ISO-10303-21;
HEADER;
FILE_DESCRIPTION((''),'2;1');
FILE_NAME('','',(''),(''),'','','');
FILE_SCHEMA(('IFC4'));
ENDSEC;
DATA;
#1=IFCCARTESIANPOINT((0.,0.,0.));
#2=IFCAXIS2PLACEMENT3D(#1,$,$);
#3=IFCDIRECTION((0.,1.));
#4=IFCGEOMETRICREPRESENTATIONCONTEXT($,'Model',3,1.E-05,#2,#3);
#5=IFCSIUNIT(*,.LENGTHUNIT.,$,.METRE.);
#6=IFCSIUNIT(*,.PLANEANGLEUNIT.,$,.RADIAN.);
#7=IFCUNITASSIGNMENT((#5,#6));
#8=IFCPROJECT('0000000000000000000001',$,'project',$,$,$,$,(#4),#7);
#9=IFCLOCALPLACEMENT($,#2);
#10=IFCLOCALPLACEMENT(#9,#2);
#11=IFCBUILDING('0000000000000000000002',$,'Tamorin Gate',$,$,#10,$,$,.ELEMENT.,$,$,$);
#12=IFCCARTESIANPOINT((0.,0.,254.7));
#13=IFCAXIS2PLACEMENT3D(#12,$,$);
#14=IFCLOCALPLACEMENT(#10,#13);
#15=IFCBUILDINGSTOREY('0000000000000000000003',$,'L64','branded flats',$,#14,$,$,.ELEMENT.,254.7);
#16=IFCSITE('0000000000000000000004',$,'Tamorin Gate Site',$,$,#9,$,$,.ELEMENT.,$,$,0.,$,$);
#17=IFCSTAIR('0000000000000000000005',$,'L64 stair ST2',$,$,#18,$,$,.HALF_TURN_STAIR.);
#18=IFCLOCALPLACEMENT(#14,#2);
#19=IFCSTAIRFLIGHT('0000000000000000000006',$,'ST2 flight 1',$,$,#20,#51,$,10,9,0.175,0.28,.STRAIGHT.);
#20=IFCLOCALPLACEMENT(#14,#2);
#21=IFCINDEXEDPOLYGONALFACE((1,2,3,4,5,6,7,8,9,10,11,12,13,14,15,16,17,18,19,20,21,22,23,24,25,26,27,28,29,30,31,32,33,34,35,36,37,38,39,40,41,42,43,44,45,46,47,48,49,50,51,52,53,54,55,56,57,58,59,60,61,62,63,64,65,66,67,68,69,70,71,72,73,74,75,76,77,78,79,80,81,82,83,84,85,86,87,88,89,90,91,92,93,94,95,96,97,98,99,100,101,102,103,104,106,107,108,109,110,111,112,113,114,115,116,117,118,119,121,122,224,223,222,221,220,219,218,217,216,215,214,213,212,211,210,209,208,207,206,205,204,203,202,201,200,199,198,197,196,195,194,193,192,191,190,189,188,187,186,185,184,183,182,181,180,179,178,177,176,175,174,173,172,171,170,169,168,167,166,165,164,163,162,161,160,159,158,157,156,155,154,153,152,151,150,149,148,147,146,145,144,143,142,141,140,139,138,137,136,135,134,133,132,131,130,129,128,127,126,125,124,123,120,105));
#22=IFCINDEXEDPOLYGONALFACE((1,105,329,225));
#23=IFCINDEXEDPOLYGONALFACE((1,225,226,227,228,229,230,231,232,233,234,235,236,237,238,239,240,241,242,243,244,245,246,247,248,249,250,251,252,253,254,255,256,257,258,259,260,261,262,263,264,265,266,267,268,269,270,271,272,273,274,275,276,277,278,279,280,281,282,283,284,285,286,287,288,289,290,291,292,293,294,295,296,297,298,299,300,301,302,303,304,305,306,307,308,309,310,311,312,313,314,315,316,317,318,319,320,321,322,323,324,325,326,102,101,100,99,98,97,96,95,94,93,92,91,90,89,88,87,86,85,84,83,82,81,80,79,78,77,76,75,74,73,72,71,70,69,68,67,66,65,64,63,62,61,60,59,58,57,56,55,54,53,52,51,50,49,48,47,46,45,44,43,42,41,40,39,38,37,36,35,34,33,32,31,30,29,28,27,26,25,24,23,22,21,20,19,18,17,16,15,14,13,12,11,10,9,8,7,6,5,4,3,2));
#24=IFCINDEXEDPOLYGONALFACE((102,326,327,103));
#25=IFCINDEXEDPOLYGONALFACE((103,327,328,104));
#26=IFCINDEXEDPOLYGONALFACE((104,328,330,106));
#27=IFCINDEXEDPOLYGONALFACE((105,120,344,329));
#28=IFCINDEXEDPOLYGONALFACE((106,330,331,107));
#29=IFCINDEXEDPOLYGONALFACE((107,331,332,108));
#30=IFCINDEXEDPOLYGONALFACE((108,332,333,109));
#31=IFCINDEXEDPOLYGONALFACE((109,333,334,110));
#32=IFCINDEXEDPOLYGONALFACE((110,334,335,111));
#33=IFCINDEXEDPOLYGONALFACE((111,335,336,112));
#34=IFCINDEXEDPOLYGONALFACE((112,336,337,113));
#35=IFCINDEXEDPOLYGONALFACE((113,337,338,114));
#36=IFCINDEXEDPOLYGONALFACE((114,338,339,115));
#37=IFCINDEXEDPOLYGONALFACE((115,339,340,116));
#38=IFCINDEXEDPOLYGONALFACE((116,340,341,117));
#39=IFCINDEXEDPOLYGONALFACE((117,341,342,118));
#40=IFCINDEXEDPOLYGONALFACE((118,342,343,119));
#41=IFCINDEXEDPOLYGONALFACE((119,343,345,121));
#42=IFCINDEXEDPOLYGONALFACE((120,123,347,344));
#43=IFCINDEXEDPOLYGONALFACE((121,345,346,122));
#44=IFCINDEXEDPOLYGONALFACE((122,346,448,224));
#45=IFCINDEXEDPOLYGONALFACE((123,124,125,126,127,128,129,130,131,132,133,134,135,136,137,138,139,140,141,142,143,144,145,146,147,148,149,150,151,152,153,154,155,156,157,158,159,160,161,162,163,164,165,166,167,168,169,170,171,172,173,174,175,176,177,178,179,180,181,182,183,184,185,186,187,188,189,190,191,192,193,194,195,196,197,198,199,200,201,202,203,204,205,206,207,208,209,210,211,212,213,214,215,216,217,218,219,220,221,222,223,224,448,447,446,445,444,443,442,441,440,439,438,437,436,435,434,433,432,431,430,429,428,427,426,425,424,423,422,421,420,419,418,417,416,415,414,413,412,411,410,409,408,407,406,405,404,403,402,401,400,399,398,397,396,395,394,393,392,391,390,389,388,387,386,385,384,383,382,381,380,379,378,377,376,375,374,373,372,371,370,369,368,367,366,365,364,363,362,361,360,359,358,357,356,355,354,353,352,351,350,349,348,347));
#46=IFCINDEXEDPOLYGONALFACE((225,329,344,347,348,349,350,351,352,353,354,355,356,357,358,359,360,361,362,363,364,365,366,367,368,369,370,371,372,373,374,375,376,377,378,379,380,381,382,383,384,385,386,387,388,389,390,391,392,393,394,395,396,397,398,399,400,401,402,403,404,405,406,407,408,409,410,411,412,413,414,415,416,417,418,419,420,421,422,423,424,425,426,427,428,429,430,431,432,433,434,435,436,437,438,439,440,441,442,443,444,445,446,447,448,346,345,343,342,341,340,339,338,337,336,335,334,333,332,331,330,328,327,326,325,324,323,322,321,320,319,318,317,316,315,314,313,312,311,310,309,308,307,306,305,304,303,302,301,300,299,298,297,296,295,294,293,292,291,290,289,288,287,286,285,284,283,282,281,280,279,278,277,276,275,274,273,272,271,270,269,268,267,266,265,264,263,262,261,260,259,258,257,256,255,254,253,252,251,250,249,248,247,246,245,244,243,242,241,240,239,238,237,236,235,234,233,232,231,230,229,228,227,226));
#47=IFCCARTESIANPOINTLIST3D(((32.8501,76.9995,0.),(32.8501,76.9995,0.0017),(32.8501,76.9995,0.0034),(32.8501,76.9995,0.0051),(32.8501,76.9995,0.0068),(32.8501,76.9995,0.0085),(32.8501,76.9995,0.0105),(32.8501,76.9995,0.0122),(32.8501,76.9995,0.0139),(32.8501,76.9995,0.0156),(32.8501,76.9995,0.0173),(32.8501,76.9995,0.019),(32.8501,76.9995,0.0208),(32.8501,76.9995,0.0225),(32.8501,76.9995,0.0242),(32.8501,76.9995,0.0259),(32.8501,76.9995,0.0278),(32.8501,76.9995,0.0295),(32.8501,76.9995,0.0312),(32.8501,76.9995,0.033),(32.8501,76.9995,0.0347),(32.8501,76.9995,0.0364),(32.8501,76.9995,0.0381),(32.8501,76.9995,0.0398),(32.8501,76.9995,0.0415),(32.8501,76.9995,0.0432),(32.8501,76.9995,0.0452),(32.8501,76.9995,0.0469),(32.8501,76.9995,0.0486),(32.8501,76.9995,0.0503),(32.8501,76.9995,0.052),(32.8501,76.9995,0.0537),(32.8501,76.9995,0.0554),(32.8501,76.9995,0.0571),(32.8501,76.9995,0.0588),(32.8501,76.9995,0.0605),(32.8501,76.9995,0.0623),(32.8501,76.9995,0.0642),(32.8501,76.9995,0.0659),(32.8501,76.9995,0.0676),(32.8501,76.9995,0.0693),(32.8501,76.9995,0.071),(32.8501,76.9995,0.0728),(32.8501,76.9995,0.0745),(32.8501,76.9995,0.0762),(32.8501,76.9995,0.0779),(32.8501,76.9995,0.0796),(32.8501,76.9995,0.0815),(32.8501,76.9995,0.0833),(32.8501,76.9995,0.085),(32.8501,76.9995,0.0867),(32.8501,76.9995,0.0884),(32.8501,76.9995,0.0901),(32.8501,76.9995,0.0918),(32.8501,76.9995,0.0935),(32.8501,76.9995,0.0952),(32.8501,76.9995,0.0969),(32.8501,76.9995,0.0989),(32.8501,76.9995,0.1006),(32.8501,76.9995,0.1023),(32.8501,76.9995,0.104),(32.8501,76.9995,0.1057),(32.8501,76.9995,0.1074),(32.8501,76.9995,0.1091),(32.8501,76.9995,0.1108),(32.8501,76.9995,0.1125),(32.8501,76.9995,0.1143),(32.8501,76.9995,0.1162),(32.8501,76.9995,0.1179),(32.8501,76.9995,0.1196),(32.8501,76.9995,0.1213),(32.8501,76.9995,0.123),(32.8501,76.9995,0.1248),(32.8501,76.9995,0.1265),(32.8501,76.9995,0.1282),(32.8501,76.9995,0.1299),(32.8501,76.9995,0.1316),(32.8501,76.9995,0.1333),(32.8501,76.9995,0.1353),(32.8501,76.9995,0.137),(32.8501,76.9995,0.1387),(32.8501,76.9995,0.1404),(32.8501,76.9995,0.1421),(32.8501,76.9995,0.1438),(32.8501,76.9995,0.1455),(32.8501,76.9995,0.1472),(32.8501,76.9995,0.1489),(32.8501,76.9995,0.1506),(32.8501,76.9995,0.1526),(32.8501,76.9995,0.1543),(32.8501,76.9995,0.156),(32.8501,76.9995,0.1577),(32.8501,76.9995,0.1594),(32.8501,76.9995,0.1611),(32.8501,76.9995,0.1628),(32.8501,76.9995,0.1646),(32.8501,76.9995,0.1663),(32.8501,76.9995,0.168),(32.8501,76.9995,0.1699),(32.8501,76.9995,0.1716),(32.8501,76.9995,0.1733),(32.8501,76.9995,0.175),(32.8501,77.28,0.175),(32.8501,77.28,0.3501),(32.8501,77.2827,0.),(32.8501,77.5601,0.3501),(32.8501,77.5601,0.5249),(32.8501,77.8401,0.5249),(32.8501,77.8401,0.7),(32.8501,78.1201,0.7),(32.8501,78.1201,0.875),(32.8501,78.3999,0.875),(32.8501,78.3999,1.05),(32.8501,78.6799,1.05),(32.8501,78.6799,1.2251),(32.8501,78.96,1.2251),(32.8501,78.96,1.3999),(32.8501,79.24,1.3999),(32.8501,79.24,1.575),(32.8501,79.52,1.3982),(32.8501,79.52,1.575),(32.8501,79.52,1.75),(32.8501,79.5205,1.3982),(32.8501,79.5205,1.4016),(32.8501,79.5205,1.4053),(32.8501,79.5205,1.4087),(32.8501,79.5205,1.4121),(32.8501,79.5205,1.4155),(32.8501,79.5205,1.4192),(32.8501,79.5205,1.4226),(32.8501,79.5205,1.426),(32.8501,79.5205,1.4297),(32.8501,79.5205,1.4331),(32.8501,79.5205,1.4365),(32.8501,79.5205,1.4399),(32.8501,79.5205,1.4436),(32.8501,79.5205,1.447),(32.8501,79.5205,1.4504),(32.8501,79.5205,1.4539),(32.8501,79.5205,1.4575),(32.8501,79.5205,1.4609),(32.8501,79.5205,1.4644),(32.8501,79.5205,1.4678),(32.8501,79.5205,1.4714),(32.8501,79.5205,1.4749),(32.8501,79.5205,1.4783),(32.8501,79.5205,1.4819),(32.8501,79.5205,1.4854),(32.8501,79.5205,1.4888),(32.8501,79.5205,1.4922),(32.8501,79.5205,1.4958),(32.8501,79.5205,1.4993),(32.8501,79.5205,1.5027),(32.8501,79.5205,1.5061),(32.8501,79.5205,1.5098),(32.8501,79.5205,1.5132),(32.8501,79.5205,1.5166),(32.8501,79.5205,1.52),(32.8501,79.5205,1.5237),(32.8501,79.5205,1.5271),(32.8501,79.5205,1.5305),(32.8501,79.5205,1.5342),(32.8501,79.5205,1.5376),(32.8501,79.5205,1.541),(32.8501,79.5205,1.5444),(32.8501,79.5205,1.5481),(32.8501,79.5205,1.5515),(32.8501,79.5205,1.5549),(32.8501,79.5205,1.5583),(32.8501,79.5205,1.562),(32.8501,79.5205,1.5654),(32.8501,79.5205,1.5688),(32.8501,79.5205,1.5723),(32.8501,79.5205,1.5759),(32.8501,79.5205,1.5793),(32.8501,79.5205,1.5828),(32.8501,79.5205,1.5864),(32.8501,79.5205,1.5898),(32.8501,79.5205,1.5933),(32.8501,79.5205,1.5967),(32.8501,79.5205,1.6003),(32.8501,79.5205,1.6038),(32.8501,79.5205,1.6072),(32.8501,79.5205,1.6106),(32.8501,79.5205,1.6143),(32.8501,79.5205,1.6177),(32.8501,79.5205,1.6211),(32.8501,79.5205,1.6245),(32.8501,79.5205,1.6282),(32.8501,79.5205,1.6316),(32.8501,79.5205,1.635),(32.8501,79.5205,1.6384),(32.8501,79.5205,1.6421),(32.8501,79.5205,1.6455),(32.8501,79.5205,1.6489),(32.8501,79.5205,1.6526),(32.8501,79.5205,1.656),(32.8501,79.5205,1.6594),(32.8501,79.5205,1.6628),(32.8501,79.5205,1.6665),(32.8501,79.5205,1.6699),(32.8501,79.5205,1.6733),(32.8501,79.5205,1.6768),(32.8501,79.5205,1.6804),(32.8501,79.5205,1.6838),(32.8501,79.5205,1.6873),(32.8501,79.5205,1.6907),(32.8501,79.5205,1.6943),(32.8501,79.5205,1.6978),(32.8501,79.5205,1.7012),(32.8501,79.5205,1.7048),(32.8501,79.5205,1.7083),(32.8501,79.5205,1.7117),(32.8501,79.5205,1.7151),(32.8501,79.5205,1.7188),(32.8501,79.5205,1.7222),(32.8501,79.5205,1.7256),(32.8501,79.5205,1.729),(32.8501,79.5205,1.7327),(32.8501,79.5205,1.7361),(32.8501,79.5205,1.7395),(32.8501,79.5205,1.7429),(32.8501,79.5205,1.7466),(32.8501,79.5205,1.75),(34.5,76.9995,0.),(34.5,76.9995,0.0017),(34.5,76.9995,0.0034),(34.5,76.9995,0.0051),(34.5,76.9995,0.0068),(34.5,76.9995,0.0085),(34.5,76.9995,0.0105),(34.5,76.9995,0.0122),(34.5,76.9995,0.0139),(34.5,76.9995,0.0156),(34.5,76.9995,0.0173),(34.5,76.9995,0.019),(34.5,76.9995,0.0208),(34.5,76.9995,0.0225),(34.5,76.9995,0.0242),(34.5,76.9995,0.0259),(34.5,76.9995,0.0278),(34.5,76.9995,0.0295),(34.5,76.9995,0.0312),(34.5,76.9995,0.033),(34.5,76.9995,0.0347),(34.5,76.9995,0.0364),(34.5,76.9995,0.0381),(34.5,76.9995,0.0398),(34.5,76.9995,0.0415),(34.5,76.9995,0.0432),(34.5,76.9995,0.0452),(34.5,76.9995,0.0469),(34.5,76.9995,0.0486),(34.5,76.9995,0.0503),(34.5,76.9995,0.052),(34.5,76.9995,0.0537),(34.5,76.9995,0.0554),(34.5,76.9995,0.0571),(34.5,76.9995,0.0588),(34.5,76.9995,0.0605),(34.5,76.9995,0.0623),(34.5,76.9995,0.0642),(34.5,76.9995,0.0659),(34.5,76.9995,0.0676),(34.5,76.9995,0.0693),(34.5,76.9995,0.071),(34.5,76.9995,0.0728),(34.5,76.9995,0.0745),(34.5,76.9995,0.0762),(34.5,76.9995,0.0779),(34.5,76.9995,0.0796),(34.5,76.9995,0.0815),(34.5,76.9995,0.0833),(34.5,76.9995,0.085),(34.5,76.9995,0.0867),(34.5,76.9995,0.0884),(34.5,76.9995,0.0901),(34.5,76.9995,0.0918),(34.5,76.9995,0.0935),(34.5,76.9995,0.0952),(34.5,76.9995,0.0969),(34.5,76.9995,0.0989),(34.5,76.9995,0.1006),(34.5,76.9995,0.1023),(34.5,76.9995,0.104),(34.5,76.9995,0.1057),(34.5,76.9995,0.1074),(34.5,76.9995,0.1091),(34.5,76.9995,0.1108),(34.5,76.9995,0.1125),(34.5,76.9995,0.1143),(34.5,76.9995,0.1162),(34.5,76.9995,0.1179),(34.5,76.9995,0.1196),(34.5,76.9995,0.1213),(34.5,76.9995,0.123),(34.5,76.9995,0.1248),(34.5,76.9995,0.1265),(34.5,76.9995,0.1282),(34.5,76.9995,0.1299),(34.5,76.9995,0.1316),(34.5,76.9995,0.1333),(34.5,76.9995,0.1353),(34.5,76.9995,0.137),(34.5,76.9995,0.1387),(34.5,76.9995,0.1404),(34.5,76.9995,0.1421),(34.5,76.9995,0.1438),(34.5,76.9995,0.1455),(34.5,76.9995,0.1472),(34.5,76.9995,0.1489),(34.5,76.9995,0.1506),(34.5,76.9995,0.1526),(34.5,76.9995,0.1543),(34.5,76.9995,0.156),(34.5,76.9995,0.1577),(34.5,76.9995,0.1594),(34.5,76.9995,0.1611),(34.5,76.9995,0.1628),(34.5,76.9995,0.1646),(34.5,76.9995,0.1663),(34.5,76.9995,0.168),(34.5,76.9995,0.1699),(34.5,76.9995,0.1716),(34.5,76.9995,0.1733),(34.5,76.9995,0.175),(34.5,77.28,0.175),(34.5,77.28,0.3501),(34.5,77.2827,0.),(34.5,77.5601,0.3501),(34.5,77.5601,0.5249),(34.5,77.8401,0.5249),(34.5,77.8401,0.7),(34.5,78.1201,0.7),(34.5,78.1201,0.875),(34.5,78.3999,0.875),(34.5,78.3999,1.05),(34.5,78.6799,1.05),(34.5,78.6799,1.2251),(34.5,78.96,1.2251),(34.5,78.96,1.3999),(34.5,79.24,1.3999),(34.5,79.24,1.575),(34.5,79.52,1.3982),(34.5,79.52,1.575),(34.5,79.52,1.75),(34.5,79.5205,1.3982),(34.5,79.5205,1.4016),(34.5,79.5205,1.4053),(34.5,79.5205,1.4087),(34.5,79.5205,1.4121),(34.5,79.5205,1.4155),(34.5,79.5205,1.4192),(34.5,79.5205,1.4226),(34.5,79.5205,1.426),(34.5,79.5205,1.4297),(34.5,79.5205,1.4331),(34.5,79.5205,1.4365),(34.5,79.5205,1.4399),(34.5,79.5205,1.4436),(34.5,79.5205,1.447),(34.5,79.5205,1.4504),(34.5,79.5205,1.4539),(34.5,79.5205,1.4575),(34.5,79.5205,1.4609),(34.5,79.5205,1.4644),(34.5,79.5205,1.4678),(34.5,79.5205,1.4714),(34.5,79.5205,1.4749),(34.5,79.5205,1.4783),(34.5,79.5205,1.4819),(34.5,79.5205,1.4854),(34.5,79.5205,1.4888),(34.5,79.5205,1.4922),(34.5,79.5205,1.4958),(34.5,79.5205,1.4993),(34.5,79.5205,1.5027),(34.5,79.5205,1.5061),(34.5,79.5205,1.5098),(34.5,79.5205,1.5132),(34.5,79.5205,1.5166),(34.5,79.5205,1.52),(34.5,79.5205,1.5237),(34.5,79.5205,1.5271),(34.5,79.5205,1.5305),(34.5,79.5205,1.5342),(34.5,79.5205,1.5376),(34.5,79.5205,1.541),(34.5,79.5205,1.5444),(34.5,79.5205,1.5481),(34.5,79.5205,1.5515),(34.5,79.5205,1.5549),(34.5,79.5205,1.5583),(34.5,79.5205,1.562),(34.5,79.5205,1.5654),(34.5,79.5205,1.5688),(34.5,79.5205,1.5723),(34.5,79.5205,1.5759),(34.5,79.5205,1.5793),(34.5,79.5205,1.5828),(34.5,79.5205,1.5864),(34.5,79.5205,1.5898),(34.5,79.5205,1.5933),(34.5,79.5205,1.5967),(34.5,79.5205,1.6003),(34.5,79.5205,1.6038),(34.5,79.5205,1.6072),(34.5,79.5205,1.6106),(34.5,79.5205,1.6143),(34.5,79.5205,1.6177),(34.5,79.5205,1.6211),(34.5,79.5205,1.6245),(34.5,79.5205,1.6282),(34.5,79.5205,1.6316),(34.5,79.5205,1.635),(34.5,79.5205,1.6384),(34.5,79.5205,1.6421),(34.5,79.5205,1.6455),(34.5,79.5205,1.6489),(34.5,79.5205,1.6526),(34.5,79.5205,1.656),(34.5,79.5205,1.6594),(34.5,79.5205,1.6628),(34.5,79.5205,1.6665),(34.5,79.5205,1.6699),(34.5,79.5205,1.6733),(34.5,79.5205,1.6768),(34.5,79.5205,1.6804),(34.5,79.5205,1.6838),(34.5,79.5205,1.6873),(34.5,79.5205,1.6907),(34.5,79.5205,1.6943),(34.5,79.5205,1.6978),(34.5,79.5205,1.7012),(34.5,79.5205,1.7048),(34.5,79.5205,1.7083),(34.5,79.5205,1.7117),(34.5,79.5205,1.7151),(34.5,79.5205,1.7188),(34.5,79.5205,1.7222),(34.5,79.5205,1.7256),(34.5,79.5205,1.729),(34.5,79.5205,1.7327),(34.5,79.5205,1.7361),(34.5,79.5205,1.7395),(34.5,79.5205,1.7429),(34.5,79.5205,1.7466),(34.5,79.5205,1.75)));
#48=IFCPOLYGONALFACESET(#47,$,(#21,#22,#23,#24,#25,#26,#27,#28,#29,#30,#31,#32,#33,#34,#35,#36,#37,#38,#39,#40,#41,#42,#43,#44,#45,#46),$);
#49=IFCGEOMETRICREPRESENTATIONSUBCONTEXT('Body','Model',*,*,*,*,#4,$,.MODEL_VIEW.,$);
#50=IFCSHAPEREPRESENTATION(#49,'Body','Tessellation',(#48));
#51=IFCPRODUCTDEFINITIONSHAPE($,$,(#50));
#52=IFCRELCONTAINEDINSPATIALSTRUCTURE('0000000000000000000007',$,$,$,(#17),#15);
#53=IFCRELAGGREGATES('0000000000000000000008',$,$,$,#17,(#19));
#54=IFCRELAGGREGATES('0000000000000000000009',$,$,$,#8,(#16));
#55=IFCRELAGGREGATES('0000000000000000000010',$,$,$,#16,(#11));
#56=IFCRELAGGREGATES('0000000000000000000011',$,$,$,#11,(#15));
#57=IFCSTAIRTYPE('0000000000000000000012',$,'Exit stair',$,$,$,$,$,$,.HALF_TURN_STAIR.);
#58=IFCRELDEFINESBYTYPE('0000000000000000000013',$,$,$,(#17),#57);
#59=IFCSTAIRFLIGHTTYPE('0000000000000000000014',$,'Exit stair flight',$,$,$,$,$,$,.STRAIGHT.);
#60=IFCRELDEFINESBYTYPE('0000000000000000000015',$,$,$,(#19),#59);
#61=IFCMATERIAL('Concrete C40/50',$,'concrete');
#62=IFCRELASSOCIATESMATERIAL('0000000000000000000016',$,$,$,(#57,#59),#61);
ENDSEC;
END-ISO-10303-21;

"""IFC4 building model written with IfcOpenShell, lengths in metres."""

from ifc_helpers import new_model, si_unit, direction, frame, origin, place, context, subcontext, project, spatial, polyline, outline, extrude, material, type_object, element, aggregate, save


model = new_model("IFC4")

# Units and contexts
model_context = context("Model", 3, precision=1e-05, world=origin(), true_north=direction((0.0, 1.0)))
body_context = subcontext(model_context, "Body", "Model", "MODEL_VIEW")
ifc_project = project(units=[si_unit("LENGTHUNIT", "METRE"), si_unit("PLANEANGLEUNIT", "RADIAN")], contexts=[model_context])

# Site, building, storey
site_placement = place(None, origin())
site = spatial("IfcSite", under=ifc_project, at=site_placement, Name="Tamorin Gate Site", CompositionType="ELEMENT", RefElevation=0.0)
building_placement = place(site_placement, origin())
building = spatial("IfcBuilding", under=site, at=building_placement, Name="Tamorin Gate", CompositionType="ELEMENT")
storey_placement = place(building_placement, frame((0.0, 0.0, 254.7)))
storey = spatial("IfcBuildingStorey", under=building, at=storey_placement, Name="L64", Description="branded flats", CompositionType="ELEMENT", Elevation=254.7)

# Shared definitions
ifc_material_1 = material(Name="Concrete C40/50", Category="concrete")

# Stair, stair flight
stair_type = type_object("IfcStairType", Name="Exit stair", PredefinedType="HALF_TURN_STAIR", material=ifc_material_1)
stair_flight_type = type_object("IfcStairFlightType", Name="Exit stair flight", PredefinedType="STRAIGHT", material=ifc_material_1)
stair_1_placement = place(storey_placement, origin())
stair_1 = element("IfcStair", 1, at=stair_1_placement, inside=storey, type_object=stair_type, Name="L64 stair ST2", PredefinedType="HALF_TURN_STAIR")
stair_flight_1_placement = place(storey_placement, frame((33.675, 77.0, 0.0), z_axis=(0.0, 0.0, 1.0), x_axis=(0.0, 1.0, 0.0)))
stair_flight_1 = element("IfcStairFlight", 2, at=stair_flight_1_placement, type_object=stair_flight_type, Name="ST2 flight 1", NumberOfRisers=10, NumberOfTreads=9, PredefinedType="STRAIGHT", RiserHeight=0.175, TreadLength=0.28, context=body_context, shape_type="SweptSolid", body=[
    extrude(outline(polyline([(-0.0005, 0.0), (-0.0005, 0.0017), (-0.0005, 0.0034), (-0.0005, 0.0051), (-0.0005, 0.0068), (-0.0005, 0.0085), (-0.0005, 0.0105), (-0.0005, 0.0122), (-0.0005, 0.0139), (-0.0005, 0.0156), (-0.0005, 0.0173), (-0.0005, 0.019), (-0.0005, 0.0208), (-0.0005, 0.0225), (-0.0005, 0.0242), (-0.0005, 0.0259), (-0.0005, 0.0278), (-0.0005, 0.0295), (-0.0005, 0.0312), (-0.0005, 0.033), (-0.0005, 0.0347), (-0.0005, 0.0364), (-0.0005, 0.0381), (-0.0005, 0.0398), (-0.0005, 0.0415), (-0.0005, 0.0432), (-0.0005, 0.0452), (-0.0005, 0.0469), (-0.0005, 0.0486), (-0.0005, 0.0503), (-0.0005, 0.052), (-0.0005, 0.0537), (-0.0005, 0.0554), (-0.0005, 0.0571), (-0.0005, 0.0588), (-0.0005, 0.0605), (-0.0005, 0.0623), (-0.0005, 0.0642), (-0.0005, 0.0659), (-0.0005, 0.0676), (-0.0005, 0.0693), (-0.0005, 0.071), (-0.0005, 0.0728), (-0.0005, 0.0745), (-0.0005, 0.0762), (-0.0005, 0.0779), (-0.0005, 0.0796), (-0.0005, 0.0815), (-0.0005, 0.0833), (-0.0005, 0.085), (-0.0005, 0.0867), (-0.0005, 0.0884), (-0.0005, 0.0901), (-0.0005, 0.0918), (-0.0005, 0.0935), (-0.0005, 0.0952), (-0.0005, 0.0969), (-0.0005, 0.0989), (-0.0005, 0.1006), (-0.0005, 0.1023), (-0.0005, 0.104), (-0.0005, 0.1057), (-0.0005, 0.1074), (-0.0005, 0.1091), (-0.0005, 0.1108), (-0.0005, 0.1125), (-0.0005, 0.1143), (-0.0005, 0.1162), (-0.0005, 0.1179), (-0.0005, 0.1196), (-0.0005, 0.1213), (-0.0005, 0.123), (-0.0005, 0.1248), (-0.0005, 0.1265), (-0.0005, 0.1282), (-0.0005, 0.1299), (-0.0005, 0.1316), (-0.0005, 0.1333), (-0.0005, 0.1353), (-0.0005, 0.137), (-0.0005, 0.1387), (-0.0005, 0.1404), (-0.0005, 0.1421), (-0.0005, 0.1438), (-0.0005, 0.1455), (-0.0005, 0.1472), (-0.0005, 0.1489), (-0.0005, 0.1506), (-0.0005, 0.1526), (-0.0005, 0.1543), (-0.0005, 0.156), (-0.0005, 0.1577), (-0.0005, 0.1594), (-0.0005, 0.1611), (-0.0005, 0.1628), (-0.0005, 0.1646), (-0.0005, 0.1663), (-0.0005, 0.168), (-0.0005, 0.1699), (-0.0005, 0.1716), (-0.0005, 0.1733), (-0.0005, 0.175), (0.28, 0.175), (0.28, 0.3501), (0.5601, 0.3501), (0.5601, 0.5249), (0.8401, 0.5249), (0.8401, 0.7), (1.1201, 0.7), (1.1201, 0.875), (1.3999, 0.875), (1.3999, 1.05), (1.6799, 1.05), (1.6799, 1.2251), (1.96, 1.2251), (1.96, 1.3999), (2.24, 1.3999), (2.24, 1.575), (2.52, 1.575), (2.52, 1.75), (2.5205, 1.75), (2.5205, 1.7466), (2.5205, 1.7429), (2.5205, 1.7395), (2.5205, 1.7361), (2.5205, 1.7327), (2.5205, 1.729), (2.5205, 1.7256), (2.5205, 1.7222), (2.5205, 1.7188), (2.5205, 1.7151), (2.5205, 1.7117), (2.5205, 1.7083), (2.5205, 1.7048), (2.5205, 1.7012), (2.5205, 1.6978), (2.5205, 1.6943), (2.5205, 1.6907), (2.5205, 1.6873), (2.5205, 1.6838), (2.5205, 1.6804), (2.5205, 1.6768), (2.5205, 1.6733), (2.5205, 1.6699), (2.5205, 1.6665), (2.5205, 1.6628), (2.5205, 1.6594), (2.5205, 1.656), (2.5205, 1.6526), (2.5205, 1.6489), (2.5205, 1.6455), (2.5205, 1.6421), (2.5205, 1.6384), (2.5205, 1.635), (2.5205, 1.6316), (2.5205, 1.6282), (2.5205, 1.6245), (2.5205, 1.6211), (2.5205, 1.6177), (2.5205, 1.6143), (2.5205, 1.6106), (2.5205, 1.6072), (2.5205, 1.6038), (2.5205, 1.6003), (2.5205, 1.5967), (2.5205, 1.5933), (2.5205, 1.5898), (2.5205, 1.5864), (2.5205, 1.5828), (2.5205, 1.5793), (2.5205, 1.5759), (2.5205, 1.5723), (2.5205, 1.5688), (2.5205, 1.5654), (2.5205, 1.562), (2.5205, 1.5583), (2.5205, 1.5549), (2.5205, 1.5515), (2.5205, 1.5481), (2.5205, 1.5444), (2.5205, 1.541), (2.5205, 1.5376), (2.5205, 1.5342), (2.5205, 1.5305), (2.5205, 1.5271), (2.5205, 1.5237), (2.5205, 1.52), (2.5205, 1.5166), (2.5205, 1.5132), (2.5205, 1.5098), (2.5205, 1.5061), (2.5205, 1.5027), (2.5205, 1.4993), (2.5205, 1.4958), (2.5205, 1.4922), (2.5205, 1.4888), (2.5205, 1.4854), (2.5205, 1.4819), (2.5205, 1.4783), (2.5205, 1.4749), (2.5205, 1.4714), (2.5205, 1.4678), (2.5205, 1.4644), (2.5205, 1.4609), (2.5205, 1.4575), (2.5205, 1.4539), (2.5205, 1.4504), (2.5205, 1.447), (2.5205, 1.4436), (2.5205, 1.4399), (2.5205, 1.4365), (2.5205, 1.4331), (2.5205, 1.4297), (2.5205, 1.426), (2.5205, 1.4226), (2.5205, 1.4192), (2.5205, 1.4155), (2.5205, 1.4121), (2.5205, 1.4087), (2.5205, 1.4053), (2.5205, 1.4016), (2.5205, 1.3982), (2.52, 1.3982), (0.2827, 0.0), (-0.0005, 0.0)])), frame((0.0, 0.825, 0.0), z_axis=(0.0, -1.0, 0.0), x_axis=(1.0, 0.0, 0.0)), (0.0, 0.0, 1.0), 1.6499),
])
aggregate(stair_1, [stair_flight_1])

save(model, "model.ifc")
